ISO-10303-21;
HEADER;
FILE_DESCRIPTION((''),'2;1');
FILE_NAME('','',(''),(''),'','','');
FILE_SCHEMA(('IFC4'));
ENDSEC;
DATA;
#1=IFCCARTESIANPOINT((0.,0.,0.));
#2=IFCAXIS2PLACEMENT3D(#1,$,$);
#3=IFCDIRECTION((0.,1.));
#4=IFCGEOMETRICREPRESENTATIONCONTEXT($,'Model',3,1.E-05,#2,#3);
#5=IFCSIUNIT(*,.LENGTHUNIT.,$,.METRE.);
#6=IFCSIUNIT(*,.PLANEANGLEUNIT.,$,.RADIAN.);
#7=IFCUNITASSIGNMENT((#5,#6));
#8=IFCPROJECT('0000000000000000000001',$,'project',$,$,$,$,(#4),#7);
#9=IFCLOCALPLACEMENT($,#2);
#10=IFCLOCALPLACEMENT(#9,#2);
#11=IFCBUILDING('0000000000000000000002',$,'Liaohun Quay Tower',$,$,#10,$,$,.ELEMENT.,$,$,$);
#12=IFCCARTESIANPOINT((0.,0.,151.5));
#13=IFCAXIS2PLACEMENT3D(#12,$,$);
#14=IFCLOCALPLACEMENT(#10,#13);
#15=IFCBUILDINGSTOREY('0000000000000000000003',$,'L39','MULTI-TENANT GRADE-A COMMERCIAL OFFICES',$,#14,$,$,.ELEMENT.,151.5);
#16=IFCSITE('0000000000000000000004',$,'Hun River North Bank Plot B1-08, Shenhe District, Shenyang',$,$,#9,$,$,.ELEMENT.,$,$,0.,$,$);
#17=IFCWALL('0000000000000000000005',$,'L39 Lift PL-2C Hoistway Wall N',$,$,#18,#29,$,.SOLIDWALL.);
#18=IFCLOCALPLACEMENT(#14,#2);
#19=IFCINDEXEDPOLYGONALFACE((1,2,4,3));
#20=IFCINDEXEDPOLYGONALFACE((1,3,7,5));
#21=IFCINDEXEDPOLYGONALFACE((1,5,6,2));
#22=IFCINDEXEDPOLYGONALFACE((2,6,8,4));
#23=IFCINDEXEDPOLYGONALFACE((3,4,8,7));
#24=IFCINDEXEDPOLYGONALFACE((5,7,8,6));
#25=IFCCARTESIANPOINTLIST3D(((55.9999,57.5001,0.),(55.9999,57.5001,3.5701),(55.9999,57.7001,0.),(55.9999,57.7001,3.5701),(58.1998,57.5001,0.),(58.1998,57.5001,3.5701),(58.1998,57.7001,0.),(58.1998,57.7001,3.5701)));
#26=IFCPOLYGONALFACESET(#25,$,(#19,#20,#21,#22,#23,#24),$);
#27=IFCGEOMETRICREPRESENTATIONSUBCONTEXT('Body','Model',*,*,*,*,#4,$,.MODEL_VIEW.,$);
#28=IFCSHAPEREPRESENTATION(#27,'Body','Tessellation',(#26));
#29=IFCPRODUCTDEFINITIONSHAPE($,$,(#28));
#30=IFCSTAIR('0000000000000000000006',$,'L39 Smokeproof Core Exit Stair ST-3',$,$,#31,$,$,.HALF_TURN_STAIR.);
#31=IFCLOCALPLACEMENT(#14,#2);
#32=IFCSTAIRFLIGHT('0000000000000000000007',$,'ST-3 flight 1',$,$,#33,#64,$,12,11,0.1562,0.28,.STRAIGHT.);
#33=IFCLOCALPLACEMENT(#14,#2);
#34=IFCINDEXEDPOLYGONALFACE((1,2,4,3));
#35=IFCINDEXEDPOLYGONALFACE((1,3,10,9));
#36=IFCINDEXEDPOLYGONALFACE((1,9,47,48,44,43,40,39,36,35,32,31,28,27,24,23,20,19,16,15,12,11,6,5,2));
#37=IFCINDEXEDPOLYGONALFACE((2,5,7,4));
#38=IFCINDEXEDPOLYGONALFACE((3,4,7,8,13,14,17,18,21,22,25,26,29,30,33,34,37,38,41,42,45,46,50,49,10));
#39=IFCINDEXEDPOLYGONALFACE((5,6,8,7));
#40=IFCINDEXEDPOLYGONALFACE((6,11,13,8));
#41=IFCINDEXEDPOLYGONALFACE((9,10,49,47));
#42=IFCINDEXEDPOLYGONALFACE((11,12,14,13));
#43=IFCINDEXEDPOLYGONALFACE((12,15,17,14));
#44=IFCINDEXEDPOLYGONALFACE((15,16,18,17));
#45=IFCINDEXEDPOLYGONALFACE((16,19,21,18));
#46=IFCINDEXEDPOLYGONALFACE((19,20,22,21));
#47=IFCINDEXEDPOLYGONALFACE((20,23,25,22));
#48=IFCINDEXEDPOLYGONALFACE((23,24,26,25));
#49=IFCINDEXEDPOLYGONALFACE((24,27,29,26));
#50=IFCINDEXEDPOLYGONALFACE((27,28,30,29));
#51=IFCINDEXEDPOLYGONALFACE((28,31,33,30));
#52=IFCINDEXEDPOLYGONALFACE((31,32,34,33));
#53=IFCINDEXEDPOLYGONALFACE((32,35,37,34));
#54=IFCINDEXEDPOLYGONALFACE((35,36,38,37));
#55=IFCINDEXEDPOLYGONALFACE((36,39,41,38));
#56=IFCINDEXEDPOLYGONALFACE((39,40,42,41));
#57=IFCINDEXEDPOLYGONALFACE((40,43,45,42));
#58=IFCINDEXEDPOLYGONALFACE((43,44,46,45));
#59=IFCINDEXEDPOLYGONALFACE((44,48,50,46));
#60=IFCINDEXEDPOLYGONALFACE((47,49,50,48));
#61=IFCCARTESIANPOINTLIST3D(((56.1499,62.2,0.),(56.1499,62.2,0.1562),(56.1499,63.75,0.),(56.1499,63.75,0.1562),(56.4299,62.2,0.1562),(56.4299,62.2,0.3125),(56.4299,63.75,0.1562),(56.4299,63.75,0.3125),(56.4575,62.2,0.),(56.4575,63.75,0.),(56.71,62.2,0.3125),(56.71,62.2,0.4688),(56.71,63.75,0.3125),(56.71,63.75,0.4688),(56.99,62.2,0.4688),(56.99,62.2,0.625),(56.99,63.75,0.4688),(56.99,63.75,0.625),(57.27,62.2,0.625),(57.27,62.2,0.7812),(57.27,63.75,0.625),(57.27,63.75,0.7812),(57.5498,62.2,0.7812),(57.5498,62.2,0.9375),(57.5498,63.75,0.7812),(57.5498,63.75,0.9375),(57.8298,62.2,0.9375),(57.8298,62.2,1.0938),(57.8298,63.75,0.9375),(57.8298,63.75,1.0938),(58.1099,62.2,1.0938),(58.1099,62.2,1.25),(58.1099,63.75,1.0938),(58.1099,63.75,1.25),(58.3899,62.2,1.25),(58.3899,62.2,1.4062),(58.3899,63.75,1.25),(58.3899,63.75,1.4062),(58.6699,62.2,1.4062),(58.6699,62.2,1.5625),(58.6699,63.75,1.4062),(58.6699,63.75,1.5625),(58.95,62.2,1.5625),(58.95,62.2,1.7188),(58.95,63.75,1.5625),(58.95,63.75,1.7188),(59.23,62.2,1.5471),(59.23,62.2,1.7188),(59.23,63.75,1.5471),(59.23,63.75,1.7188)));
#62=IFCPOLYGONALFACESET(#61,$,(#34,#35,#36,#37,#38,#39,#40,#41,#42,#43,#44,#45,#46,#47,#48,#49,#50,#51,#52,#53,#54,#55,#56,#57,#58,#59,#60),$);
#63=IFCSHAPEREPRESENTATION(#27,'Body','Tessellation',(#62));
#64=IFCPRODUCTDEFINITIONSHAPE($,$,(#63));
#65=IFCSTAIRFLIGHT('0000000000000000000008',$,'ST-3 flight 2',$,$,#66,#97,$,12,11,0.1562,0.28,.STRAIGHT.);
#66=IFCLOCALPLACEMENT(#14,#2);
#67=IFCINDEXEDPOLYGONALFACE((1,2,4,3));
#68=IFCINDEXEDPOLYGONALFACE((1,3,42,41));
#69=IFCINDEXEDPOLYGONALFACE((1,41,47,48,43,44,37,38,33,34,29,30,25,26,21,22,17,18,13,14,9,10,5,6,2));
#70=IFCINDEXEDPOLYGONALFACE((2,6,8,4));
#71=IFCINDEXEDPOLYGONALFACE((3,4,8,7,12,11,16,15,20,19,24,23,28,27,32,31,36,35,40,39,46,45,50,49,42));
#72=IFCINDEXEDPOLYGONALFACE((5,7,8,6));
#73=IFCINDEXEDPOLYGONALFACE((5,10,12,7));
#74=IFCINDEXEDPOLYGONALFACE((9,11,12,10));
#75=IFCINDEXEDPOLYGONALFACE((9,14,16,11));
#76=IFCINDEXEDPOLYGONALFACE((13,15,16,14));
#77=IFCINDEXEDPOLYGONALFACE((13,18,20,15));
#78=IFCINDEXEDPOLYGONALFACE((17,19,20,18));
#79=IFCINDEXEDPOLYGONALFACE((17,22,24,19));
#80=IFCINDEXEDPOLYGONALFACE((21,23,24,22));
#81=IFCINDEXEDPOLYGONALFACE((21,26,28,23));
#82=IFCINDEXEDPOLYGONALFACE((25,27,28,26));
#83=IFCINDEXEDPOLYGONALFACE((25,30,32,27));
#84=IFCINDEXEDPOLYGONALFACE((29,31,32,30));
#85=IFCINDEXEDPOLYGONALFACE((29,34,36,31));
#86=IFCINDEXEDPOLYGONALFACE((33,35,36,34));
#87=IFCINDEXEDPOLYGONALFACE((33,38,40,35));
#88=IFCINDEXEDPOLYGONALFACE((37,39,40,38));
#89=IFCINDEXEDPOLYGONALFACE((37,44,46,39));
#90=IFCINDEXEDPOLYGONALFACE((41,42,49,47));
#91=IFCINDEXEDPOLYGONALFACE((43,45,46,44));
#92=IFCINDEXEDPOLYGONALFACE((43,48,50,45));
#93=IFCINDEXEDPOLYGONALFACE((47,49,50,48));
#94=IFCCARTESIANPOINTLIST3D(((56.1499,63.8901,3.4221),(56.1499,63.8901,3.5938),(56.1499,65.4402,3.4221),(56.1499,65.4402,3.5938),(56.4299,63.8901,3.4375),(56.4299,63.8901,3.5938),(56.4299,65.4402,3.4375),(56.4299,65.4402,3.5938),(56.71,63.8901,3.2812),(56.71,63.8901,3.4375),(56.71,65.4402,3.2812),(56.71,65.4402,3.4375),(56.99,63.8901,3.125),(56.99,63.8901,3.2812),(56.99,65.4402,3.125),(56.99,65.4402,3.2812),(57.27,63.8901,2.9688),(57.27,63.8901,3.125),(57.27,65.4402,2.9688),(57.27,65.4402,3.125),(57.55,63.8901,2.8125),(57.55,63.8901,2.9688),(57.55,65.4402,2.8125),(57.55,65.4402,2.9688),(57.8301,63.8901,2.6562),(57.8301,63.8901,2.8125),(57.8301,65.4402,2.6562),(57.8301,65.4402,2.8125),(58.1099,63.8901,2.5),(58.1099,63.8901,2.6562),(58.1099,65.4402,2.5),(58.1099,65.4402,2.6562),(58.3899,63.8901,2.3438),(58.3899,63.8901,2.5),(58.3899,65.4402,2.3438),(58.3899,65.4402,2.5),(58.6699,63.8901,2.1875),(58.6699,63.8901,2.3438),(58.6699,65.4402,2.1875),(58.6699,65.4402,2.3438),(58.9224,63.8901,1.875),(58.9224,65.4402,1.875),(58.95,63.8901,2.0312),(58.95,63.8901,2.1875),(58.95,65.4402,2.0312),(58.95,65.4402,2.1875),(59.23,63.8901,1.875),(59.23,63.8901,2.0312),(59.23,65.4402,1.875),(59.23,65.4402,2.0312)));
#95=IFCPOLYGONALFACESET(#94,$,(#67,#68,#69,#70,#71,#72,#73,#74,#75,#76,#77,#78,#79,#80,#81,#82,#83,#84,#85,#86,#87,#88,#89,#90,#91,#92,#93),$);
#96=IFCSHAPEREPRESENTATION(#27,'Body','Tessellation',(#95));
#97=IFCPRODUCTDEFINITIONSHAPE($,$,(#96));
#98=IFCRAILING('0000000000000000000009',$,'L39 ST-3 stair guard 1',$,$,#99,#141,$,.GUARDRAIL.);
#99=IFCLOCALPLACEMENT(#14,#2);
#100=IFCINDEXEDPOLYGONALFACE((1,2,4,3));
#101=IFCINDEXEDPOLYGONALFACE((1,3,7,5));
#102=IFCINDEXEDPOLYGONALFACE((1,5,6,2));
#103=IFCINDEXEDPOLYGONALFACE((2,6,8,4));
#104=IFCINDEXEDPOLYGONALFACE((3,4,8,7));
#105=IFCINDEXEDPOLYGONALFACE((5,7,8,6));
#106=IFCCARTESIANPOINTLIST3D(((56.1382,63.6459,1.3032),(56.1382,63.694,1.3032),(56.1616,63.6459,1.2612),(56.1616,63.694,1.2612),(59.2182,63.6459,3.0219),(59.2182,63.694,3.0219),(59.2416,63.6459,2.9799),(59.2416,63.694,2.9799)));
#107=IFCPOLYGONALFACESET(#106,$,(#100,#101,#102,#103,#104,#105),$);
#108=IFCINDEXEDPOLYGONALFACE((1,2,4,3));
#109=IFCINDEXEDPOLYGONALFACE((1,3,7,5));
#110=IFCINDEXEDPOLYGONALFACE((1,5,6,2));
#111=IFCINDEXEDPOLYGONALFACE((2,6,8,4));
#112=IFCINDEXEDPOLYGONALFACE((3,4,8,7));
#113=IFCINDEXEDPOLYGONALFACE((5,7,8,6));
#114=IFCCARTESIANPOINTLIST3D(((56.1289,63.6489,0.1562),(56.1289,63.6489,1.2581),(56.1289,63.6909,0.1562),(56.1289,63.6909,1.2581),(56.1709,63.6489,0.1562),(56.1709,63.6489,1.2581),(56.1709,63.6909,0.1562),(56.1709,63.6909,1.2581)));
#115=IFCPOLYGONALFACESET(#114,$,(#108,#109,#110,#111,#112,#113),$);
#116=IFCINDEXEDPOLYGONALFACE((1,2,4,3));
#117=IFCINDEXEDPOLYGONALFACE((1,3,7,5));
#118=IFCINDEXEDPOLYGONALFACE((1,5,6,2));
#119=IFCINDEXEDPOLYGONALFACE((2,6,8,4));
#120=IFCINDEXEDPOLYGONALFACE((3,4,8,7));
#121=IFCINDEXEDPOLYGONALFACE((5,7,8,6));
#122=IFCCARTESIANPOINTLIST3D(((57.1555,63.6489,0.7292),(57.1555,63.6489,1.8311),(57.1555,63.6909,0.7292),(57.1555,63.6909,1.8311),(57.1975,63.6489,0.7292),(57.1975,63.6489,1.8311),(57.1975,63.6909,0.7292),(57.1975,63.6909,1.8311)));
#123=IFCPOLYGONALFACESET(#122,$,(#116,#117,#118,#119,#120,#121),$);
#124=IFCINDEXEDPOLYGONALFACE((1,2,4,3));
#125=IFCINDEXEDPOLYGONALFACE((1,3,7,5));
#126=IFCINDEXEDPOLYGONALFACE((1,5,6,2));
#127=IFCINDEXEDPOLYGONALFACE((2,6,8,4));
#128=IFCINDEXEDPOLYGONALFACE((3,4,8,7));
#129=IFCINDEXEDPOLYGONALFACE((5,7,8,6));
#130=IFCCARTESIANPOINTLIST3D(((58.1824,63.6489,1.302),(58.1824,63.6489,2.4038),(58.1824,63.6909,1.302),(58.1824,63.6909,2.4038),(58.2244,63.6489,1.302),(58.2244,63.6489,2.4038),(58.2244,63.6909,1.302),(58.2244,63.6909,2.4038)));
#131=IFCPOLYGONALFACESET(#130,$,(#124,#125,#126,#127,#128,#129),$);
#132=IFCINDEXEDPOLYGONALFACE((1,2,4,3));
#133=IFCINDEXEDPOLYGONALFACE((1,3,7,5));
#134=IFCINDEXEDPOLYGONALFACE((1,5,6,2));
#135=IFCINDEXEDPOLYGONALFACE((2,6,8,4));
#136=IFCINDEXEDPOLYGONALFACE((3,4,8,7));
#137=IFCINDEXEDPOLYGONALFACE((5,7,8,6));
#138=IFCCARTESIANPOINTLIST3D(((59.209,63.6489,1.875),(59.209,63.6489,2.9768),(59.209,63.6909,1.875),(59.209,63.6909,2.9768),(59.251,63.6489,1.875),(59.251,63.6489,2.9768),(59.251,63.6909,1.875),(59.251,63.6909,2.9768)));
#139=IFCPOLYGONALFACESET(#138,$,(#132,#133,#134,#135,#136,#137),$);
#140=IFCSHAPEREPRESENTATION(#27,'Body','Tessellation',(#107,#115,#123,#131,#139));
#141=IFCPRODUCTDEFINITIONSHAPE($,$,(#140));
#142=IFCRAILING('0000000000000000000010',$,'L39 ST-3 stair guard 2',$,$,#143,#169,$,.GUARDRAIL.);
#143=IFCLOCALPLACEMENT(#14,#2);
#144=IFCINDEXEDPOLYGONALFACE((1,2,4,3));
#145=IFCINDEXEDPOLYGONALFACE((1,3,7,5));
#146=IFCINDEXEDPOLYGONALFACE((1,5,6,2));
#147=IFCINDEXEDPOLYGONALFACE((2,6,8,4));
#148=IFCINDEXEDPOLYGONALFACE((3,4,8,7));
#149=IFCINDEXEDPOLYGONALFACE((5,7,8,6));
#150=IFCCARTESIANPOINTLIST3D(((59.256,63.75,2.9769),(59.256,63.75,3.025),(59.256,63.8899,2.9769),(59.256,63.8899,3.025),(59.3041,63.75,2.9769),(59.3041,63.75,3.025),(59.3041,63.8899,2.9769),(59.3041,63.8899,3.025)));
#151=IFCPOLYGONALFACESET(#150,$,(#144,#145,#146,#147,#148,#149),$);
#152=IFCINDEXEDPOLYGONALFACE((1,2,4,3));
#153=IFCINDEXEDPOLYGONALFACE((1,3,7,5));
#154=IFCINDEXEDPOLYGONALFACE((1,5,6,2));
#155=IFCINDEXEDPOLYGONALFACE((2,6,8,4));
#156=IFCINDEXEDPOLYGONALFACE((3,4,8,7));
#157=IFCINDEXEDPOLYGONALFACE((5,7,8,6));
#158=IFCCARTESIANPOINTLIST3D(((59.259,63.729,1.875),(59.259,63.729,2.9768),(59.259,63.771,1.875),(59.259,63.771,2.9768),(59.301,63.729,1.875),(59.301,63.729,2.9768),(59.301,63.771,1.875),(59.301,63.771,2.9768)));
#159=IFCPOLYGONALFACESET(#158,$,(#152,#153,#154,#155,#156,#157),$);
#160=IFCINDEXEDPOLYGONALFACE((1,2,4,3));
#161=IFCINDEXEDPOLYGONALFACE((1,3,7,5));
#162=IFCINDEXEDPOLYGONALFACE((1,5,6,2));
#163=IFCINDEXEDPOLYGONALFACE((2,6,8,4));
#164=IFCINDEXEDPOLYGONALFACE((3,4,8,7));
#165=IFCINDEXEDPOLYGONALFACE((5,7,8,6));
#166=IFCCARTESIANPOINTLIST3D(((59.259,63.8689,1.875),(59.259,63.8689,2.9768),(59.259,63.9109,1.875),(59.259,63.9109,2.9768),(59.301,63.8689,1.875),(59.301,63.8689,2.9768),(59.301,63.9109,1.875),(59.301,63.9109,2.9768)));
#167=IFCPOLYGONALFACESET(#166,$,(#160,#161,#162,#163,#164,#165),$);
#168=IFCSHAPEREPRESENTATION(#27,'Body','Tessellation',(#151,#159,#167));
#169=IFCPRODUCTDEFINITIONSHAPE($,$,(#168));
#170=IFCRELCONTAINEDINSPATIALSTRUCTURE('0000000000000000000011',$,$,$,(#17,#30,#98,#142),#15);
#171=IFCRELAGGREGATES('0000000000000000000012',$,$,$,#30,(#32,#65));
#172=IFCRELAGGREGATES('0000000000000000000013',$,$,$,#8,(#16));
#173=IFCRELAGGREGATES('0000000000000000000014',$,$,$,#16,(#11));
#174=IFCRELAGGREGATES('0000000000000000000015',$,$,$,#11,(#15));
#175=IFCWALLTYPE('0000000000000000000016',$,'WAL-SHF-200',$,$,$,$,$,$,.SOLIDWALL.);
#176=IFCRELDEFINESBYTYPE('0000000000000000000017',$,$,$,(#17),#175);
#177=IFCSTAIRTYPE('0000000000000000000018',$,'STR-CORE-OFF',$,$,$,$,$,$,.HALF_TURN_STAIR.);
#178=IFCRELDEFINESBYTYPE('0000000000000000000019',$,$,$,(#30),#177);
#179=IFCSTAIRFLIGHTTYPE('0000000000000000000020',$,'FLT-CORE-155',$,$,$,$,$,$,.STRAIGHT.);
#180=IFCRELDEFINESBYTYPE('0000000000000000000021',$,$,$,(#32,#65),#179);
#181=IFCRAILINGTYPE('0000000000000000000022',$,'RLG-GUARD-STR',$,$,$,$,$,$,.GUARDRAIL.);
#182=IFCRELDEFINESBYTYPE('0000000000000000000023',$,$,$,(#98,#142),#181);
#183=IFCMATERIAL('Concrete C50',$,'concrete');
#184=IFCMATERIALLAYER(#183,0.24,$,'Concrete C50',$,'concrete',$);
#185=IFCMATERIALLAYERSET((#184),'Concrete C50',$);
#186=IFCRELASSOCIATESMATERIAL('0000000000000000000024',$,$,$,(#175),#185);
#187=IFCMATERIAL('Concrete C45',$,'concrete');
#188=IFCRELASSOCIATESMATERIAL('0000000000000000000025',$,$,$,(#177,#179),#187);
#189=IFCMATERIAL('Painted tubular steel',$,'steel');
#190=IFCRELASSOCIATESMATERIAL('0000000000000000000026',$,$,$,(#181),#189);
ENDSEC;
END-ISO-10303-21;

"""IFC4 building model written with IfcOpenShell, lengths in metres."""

from ifc_helpers import new_model, si_unit, direction, frame, frame_2d, origin, origin_2d, place, context, subcontext, project, spatial, polyline, rectangle, outline, extrude, material, layer, layer_set, type_object, element, aggregate, save


model = new_model("IFC4")

# Units and contexts
model_context = context("Model", 3, precision=1e-05, world=origin(), true_north=direction((0.0, 1.0)))
body_context = subcontext(model_context, "Body", "Model", "MODEL_VIEW")
ifc_project = project(units=[si_unit("LENGTHUNIT", "METRE"), si_unit("PLANEANGLEUNIT", "RADIAN")], contexts=[model_context])

# Site, building, storey
site_placement = place(None, origin())
site = spatial("IfcSite", under=ifc_project, at=site_placement, Name="Hun River North Bank Plot B1-08, Shenhe District, Shenyang", CompositionType="ELEMENT", RefElevation=0.0)
building_placement = place(site_placement, origin())
building = spatial("IfcBuilding", under=site, at=building_placement, Name="Liaohun Quay Tower", CompositionType="ELEMENT")
storey_placement = place(building_placement, frame((0.0, 0.0, 151.5)))
storey = spatial("IfcBuildingStorey", under=building, at=storey_placement, Name="L39", Description="MULTI-TENANT GRADE-A COMMERCIAL OFFICES", CompositionType="ELEMENT", Elevation=151.5)

# Shared definitions
ifc_material_1 = material(Name="Concrete C50", Category="concrete")
ifc_layer_1 = layer(ifc_material_1, 0.24, Name="Concrete C50", Category="concrete")
ifc_layer_set_1 = layer_set([ifc_layer_1], Name="Concrete C50")
wall_type_1 = type_object("IfcWallType", Name="WAL-SHF-200", PredefinedType="SOLIDWALL", material=ifc_layer_set_1)

# Wall
wall_1_placement = place(storey_placement, frame((58.2, 57.6001, 0.0), z_axis=(0.0, 0.0, 1.0), x_axis=(-1.0, 0.0, 0.0)))
element("IfcWall", 1, at=wall_1_placement, inside=storey, type_object=wall_type_1, Name="L39 Lift PL-2C Hoistway Wall N", PredefinedType="SOLIDWALL", context=body_context, shape_type="SweptSolid", body=[
    extrude(rectangle(XDim=2.2, YDim=0.2, at=frame_2d((1.1001, 0.0))), origin(), (0.0, 0.0, 1.0), 3.5701),
])

# Stair, stair flights
ifc_material_2 = material(Name="Concrete C45", Category="concrete")
stair_type = type_object("IfcStairType", Name="STR-CORE-OFF", PredefinedType="HALF_TURN_STAIR", material=ifc_material_2)
stair_placement = place(storey_placement, origin())
stair = element("IfcStair", 2, at=stair_placement, inside=storey, type_object=stair_type, Name="L39 Smokeproof Core Exit Stair ST-3", PredefinedType="HALF_TURN_STAIR")
stair_flight_type = type_object("IfcStairFlightType", Name="FLT-CORE-155", PredefinedType="STRAIGHT", material=ifc_material_2)
stair_flight_1_placement = place(storey_placement, frame((56.1499, 62.9751, 0.0), z_axis=(0.0, 0.0, 1.0), x_axis=(1.0, 0.0, 0.0)))
stair_flight_1 = element("IfcStairFlight", 3, at=stair_flight_1_placement, type_object=stair_flight_type, Name="ST-3 flight 1", NumberOfRisers=12, NumberOfTreads=11, PredefinedType="STRAIGHT", RiserHeight=0.1562, TreadLength=0.28, context=body_context, shape_type="SweptSolid", body=[
    extrude(outline(polyline([(0.0, 0.0), (0.0, 0.1562), (0.28, 0.1562), (0.28, 0.3125), (0.5601, 0.3125), (0.5601, 0.4688), (0.8401, 0.4688), (0.8401, 0.625), (1.1201, 0.625), (1.1201, 0.7812), (1.3999, 0.7812), (1.3999, 0.9375), (1.6799, 0.9375), (1.6799, 1.0938), (1.96, 1.0938), (1.96, 1.25), (2.24, 1.25), (2.24, 1.4062), (2.52, 1.4062), (2.52, 1.5625), (2.8, 1.5625), (2.8, 1.7188), (3.0801, 1.7188), (3.0801, 1.875), (3.0801, 1.5471), (0.3076, 0.0), (0.0, 0.0)])), frame((0.0, 0.7749, 0.0), z_axis=(0.0, -1.0, 0.0), x_axis=(1.0, 0.0, 0.0)), (0.0, 0.0, 1.0), 1.55),
])
stair_flight_2_placement = place(storey_placement, frame((59.23, 64.665, 1.875), z_axis=(0.0, 0.0, 1.0), x_axis=(-1.0, 0.0, 0.0)))
stair_flight_2 = element("IfcStairFlight", 4, at=stair_flight_2_placement, type_object=stair_flight_type, Name="ST-3 flight 2", NumberOfRisers=12, NumberOfTreads=11, PredefinedType="STRAIGHT", RiserHeight=0.1562, TreadLength=0.28, context=body_context, shape_type="SweptSolid", body=[
    extrude(outline(polyline([(0.0, 0.0), (0.0, 0.1562), (0.28, 0.1562), (0.28, 0.3125), (0.5601, 0.3125), (0.5601, 0.4688), (0.8401, 0.4688), (0.8401, 0.625), (1.1201, 0.625), (1.1201, 0.7812), (1.3999, 0.7812), (1.3999, 0.9375), (1.6799, 0.9375), (1.6799, 1.0938), (1.96, 1.0938), (1.96, 1.25), (2.24, 1.25), (2.24, 1.4062), (2.52, 1.4062), (2.52, 1.5625), (2.8, 1.5625), (2.8, 1.7188), (3.0801, 1.7188), (3.0801, 1.875), (3.0801, 1.5471), (0.3076, 0.0), (0.0, 0.0)])), frame((0.0, 0.7749, 0.0), z_axis=(0.0, -1.0, 0.0), x_axis=(1.0, 0.0, 0.0)), (0.0, 0.0, 1.0), 1.55),
])
aggregate(stair, [stair_flight_1, stair_flight_2])

# Railings
ifc_material_3 = material(Name="Painted tubular steel", Category="steel")
railing_type_1 = type_object("IfcRailingType", Name="RLG-GUARD-STR", PredefinedType="GUARDRAIL", material=ifc_material_3)
railing_1_placement = place(storey_placement, frame((56.1499, 63.6699, 0.1562)))
element("IfcRailing", 5, at=railing_1_placement, inside=storey, type_object=railing_type_1, Name="L39 ST-3 stair guard 1", PredefinedType="GUARDRAIL", context=body_context, shape_type="SweptSolid", body=[
    extrude(rectangle(XDim=0.0481, YDim=0.0481, at=origin_2d()), frame((0.0, 0.0, 1.126), z_axis=(0.873242, 0.0, 0.487288), x_axis=(0.0, 1.0, 0.0)), (0.0, 0.0, 1.0), 3.5271),
    extrude(rectangle(XDim=0.042, YDim=0.042, at=origin_2d()), origin(), (0.0, 0.0, 1.0), 1.1018),
    extrude(rectangle(XDim=0.042, YDim=0.042, at=origin_2d()), frame((1.0266, 0.0, 0.573)), (0.0, 0.0, 1.0), 1.1018),
    extrude(rectangle(XDim=0.042, YDim=0.042, at=origin_2d()), frame((2.0535, 0.0, 1.1458)), (0.0, 0.0, 1.0), 1.1018),
    extrude(rectangle(XDim=0.042, YDim=0.042, at=origin_2d()), frame((3.0801, 0.0, 1.7188)), (0.0, 0.0, 1.0), 1.1018),
])
railing_2_placement = place(storey_placement, frame((59.28, 63.75, 1.875)))
element("IfcRailing", 6, at=railing_2_placement, inside=storey, type_object=railing_type_1, Name="L39 ST-3 stair guard 2", PredefinedType="GUARDRAIL", context=body_context, shape_type="SweptSolid", body=[
    extrude(rectangle(XDim=0.0481, YDim=0.0481, at=origin_2d()), frame((0.0, 0.0, 1.126), z_axis=(0.0, 1.0, 0.0), x_axis=(-1.0, 0.0, 0.0)), (0.0, 0.0, 1.0), 0.1399),
    extrude(rectangle(XDim=0.042, YDim=0.042, at=origin_2d()), origin(), (0.0, 0.0, 1.0), 1.1018),
    extrude(rectangle(XDim=0.042, YDim=0.042, at=origin_2d()), frame((0.0, 0.1399, 0.0)), (0.0, 0.0, 1.0), 1.1018),
])

save(model, "model.ifc")
